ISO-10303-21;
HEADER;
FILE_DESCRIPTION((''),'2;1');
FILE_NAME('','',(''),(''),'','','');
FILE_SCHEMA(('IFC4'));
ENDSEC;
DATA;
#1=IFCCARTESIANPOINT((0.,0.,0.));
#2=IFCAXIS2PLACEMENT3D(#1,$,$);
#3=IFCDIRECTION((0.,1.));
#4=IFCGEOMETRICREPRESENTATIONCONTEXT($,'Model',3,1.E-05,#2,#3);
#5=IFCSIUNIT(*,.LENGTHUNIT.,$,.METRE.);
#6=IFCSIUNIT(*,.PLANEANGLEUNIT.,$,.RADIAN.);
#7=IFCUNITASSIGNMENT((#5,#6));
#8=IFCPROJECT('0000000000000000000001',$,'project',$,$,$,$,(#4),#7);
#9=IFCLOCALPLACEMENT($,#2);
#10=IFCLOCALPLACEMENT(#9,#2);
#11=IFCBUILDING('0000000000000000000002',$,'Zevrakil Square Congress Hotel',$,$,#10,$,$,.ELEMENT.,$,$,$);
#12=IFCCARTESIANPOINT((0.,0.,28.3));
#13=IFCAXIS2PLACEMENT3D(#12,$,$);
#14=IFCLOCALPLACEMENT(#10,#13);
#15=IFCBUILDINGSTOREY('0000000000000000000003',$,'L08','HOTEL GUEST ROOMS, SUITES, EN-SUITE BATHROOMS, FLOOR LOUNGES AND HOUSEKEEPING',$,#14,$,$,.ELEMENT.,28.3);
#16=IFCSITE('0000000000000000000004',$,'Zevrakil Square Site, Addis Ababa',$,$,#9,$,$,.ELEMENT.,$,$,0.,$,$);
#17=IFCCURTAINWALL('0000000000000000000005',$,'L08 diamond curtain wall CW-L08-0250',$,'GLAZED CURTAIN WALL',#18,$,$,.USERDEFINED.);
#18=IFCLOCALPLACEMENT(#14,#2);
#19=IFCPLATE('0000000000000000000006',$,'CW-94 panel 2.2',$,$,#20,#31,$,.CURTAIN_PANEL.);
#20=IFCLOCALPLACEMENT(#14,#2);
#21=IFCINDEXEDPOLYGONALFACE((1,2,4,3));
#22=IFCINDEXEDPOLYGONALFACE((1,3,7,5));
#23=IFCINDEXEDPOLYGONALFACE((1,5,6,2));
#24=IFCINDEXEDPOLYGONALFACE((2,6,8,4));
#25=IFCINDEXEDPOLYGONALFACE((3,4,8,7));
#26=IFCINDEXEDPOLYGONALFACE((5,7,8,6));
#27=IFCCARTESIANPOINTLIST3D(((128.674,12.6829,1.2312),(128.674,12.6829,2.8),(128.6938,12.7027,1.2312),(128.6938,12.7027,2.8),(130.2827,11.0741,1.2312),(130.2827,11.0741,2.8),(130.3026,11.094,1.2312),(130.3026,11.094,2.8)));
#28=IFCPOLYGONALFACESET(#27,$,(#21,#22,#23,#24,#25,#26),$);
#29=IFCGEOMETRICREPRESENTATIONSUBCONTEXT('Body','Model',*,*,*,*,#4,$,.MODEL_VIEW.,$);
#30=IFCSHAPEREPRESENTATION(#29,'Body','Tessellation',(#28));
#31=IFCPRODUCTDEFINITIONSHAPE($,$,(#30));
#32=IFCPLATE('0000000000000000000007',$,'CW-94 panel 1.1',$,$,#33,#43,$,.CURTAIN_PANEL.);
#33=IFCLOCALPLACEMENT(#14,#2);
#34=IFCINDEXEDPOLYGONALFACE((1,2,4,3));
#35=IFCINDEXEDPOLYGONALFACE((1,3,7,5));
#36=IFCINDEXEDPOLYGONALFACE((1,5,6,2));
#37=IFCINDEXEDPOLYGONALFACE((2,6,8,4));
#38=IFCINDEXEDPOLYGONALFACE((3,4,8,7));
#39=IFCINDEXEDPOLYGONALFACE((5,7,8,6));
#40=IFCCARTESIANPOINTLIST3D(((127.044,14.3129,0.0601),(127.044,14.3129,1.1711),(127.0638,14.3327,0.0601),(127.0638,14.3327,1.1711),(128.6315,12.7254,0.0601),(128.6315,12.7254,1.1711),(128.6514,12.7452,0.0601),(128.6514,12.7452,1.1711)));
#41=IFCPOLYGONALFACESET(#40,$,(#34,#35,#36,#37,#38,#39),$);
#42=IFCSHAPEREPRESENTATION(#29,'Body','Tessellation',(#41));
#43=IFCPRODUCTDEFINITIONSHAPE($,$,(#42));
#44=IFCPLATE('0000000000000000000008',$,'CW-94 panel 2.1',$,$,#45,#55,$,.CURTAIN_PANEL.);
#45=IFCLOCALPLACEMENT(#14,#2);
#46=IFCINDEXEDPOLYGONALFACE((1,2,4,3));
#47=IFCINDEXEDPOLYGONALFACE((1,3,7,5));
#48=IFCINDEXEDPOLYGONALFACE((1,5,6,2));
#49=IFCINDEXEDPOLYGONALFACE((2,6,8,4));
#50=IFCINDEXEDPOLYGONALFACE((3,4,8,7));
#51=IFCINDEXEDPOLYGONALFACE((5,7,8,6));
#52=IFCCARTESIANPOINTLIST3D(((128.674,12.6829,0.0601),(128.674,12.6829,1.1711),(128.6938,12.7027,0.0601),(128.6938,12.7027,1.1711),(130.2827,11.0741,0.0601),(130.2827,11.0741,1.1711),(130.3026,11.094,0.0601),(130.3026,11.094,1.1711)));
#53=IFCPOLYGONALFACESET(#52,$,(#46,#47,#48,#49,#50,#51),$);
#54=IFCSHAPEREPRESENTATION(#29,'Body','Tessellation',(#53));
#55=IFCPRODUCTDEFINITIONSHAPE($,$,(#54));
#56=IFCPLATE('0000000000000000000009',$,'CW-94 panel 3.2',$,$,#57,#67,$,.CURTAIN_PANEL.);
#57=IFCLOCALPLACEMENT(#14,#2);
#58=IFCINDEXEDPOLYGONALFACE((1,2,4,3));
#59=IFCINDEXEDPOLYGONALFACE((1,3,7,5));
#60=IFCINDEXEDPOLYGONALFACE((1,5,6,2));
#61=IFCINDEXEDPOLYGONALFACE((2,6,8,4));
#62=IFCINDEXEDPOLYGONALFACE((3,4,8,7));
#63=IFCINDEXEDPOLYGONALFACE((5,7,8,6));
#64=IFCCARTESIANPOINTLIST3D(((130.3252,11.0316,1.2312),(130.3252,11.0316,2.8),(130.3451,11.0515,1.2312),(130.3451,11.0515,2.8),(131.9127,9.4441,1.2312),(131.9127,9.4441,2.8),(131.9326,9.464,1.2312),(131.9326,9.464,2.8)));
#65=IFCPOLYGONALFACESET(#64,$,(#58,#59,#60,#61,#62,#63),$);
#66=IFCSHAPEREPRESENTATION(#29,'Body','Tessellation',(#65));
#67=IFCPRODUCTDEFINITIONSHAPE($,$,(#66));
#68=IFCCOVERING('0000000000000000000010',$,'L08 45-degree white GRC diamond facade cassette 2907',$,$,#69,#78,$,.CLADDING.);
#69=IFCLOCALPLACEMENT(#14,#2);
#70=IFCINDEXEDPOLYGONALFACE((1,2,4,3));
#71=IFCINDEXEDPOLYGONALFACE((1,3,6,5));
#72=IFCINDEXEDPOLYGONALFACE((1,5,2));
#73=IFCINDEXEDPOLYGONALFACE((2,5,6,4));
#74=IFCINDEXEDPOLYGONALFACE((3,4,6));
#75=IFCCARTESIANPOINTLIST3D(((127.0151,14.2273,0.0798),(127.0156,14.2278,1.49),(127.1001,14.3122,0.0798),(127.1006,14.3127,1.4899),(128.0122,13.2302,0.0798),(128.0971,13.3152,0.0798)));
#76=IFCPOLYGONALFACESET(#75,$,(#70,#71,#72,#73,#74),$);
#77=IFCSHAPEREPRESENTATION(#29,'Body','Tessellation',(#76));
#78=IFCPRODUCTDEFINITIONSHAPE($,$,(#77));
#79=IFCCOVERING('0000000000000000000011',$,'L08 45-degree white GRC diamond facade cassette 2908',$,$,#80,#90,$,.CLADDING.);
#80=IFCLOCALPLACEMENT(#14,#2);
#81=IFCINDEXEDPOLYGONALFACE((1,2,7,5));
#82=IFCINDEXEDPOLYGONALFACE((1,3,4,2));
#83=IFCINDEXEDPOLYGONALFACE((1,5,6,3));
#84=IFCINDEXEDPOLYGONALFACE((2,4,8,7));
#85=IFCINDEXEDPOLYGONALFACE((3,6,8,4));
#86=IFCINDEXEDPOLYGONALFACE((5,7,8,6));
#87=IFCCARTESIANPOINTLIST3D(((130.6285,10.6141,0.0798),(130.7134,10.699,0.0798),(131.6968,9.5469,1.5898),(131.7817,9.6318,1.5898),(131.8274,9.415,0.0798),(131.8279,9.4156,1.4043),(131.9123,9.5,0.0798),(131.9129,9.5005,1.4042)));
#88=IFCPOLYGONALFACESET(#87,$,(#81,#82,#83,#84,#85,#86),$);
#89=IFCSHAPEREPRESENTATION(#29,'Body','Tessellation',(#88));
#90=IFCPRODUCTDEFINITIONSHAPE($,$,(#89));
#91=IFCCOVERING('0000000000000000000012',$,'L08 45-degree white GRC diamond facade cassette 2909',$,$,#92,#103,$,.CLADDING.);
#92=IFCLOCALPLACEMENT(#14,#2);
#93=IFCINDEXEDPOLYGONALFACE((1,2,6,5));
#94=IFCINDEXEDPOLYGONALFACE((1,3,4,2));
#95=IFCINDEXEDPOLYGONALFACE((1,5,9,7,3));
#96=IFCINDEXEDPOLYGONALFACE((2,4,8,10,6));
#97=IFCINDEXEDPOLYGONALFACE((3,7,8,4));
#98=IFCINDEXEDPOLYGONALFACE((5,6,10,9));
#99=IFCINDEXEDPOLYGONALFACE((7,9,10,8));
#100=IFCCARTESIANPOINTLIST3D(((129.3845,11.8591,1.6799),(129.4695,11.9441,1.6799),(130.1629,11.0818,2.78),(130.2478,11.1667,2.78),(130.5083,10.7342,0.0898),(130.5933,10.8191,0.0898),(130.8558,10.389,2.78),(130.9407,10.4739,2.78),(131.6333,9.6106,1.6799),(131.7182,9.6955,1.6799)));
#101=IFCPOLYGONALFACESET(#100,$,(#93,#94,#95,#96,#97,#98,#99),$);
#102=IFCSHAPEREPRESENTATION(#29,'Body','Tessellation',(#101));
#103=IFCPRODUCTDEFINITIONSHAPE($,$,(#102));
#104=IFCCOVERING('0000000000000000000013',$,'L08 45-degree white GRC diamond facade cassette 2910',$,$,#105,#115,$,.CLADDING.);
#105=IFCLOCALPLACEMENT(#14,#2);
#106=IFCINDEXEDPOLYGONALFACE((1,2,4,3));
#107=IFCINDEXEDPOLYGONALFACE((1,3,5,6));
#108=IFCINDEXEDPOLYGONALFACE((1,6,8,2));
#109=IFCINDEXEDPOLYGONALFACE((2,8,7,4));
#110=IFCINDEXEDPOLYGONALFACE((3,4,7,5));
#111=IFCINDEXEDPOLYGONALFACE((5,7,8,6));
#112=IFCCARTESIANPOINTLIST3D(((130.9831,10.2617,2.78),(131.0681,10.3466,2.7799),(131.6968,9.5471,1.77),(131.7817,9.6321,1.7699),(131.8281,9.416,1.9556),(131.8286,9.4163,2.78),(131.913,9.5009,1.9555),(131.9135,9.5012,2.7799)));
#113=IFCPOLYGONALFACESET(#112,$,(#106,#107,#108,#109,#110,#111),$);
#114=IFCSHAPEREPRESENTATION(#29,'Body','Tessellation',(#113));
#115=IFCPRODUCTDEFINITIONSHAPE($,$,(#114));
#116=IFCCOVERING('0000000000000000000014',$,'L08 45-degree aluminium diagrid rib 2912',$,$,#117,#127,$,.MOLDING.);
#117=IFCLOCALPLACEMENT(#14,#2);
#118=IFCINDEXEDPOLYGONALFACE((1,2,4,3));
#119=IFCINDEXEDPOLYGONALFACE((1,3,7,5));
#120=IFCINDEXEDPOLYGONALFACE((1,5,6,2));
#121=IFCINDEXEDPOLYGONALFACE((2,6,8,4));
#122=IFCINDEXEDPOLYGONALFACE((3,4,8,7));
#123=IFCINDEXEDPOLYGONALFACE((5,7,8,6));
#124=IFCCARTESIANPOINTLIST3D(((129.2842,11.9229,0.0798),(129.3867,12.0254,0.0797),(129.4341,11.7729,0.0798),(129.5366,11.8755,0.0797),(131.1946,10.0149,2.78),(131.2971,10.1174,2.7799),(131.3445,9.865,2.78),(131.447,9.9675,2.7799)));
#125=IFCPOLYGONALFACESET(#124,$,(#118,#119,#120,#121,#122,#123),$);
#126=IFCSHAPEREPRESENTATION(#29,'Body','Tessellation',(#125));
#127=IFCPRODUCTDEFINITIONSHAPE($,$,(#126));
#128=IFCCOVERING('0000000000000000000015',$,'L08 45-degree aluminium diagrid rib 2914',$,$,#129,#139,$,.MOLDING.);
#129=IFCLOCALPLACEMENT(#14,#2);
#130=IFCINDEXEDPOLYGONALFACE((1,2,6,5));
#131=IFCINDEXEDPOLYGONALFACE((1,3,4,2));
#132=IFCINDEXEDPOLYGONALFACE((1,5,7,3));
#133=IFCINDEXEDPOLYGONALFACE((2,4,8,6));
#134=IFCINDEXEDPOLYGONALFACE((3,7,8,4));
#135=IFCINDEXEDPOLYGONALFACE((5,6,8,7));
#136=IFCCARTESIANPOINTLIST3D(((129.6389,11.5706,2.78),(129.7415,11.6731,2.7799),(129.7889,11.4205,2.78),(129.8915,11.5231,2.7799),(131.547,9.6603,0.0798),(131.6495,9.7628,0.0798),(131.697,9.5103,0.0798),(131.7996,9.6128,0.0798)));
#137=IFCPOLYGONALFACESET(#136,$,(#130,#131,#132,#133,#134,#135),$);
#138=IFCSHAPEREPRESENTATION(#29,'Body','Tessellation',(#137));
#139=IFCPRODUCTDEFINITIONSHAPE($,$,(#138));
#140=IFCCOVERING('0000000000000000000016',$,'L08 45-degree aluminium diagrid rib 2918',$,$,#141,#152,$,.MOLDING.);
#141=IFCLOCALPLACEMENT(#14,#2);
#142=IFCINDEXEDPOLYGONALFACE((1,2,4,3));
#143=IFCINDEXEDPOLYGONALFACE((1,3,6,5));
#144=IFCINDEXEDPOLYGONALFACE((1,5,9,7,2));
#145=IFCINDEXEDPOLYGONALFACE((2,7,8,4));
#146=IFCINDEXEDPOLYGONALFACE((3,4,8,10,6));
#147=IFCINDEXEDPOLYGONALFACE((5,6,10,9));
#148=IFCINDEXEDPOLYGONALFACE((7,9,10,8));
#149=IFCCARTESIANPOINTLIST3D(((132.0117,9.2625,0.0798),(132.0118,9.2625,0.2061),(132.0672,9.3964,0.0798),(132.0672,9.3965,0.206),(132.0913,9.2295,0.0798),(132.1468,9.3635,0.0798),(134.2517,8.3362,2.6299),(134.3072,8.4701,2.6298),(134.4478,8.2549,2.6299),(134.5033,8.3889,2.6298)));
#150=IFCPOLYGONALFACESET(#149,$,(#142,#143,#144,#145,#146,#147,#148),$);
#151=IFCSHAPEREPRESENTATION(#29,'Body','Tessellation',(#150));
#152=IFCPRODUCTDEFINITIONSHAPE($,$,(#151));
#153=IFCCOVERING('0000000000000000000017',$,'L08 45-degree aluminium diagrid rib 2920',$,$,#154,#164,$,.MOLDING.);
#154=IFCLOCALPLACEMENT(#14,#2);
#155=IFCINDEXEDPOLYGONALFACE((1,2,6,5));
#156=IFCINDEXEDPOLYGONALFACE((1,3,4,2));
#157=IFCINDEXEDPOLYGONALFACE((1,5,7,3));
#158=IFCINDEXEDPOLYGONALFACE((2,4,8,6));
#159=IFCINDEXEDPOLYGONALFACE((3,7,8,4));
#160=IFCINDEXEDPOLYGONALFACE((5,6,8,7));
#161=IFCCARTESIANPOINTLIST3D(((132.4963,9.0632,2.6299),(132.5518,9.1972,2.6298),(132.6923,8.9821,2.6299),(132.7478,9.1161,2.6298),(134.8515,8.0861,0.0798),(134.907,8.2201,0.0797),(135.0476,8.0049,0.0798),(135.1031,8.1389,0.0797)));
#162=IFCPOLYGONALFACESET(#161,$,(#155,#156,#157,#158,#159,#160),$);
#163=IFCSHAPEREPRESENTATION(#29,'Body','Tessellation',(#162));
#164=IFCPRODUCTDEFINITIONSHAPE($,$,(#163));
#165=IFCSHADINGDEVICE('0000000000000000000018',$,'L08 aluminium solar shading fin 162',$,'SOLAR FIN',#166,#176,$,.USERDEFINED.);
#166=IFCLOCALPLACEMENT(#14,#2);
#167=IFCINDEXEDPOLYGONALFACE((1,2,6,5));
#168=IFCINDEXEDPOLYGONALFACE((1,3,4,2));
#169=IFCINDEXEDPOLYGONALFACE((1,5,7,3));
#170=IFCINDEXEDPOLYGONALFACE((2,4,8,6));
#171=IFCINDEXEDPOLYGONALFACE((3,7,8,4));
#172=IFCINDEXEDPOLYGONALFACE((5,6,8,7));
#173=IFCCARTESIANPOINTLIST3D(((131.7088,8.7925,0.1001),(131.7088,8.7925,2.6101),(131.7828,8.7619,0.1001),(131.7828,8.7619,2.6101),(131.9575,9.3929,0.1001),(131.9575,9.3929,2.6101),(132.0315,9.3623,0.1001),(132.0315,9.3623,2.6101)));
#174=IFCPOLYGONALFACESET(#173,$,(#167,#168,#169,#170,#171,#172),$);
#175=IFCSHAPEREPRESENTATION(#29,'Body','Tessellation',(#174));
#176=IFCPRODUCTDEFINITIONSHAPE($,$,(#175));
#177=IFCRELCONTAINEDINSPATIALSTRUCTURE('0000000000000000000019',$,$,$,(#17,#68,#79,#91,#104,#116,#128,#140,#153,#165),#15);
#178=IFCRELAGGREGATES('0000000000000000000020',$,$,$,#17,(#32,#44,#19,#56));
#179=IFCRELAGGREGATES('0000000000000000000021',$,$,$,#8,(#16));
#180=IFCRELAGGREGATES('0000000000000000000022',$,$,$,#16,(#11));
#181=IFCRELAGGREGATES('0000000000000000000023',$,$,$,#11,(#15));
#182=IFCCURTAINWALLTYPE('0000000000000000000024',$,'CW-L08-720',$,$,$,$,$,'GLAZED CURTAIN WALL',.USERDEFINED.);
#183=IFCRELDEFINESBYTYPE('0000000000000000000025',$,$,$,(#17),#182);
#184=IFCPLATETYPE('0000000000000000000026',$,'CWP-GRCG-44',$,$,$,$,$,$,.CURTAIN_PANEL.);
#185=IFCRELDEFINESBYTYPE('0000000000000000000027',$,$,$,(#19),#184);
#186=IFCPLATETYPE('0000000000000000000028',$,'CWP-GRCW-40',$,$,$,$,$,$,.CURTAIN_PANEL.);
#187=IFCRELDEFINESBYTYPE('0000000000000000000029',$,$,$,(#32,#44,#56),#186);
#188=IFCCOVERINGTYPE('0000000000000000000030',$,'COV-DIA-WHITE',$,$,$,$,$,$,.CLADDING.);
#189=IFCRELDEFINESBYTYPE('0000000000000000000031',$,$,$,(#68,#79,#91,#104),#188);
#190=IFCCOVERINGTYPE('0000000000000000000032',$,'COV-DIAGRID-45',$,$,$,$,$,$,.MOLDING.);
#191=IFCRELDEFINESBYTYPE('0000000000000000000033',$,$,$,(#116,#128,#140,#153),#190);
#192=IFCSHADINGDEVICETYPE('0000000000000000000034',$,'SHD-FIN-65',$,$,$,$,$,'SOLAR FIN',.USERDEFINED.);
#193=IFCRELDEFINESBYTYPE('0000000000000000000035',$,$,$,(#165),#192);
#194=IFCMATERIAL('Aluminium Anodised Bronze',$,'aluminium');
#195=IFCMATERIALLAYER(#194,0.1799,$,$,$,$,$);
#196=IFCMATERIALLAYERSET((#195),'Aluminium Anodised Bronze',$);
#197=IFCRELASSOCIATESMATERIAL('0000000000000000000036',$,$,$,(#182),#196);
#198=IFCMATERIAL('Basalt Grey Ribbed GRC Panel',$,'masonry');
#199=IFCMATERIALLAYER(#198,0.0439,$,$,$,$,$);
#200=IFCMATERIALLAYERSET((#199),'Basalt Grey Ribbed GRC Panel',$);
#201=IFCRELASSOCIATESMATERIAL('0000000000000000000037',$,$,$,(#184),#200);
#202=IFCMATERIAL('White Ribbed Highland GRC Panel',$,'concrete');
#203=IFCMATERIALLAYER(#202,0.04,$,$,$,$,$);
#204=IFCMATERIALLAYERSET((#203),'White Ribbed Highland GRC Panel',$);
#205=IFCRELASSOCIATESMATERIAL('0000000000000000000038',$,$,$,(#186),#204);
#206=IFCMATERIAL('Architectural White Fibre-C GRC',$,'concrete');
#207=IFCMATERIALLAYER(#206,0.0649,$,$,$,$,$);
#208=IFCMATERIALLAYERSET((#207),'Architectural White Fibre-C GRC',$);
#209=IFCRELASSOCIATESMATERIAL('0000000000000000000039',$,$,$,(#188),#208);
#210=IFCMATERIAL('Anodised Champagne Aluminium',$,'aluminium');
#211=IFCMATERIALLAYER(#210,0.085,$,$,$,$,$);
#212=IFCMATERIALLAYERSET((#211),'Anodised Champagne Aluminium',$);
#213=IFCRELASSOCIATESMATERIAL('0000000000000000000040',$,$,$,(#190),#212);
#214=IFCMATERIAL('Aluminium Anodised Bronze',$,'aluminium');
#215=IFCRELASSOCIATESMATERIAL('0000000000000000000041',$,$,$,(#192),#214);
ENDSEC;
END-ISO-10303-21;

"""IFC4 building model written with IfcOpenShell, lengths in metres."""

from ifc_helpers import new_model, si_unit, direction, frame, origin, origin_2d, place, context, subcontext, project, spatial, polyline, rectangle, outline, extrude, material, layer, layer_set, type_object, element, aggregate, save


model = new_model("IFC4")

# Units and contexts
model_context = context("Model", 3, precision=1e-05, world=origin(), true_north=direction((0.0, 1.0)))
body_context = subcontext(model_context, "Body", "Model", "MODEL_VIEW")
ifc_project = project(units=[si_unit("LENGTHUNIT", "METRE"), si_unit("PLANEANGLEUNIT", "RADIAN")], contexts=[model_context])

# Site, building, storey
site_placement = place(None, origin())
site = spatial("IfcSite", under=ifc_project, at=site_placement, Name="Zevrakil Square Site, Addis Ababa", CompositionType="ELEMENT", RefElevation=0.0)
building_placement = place(site_placement, origin())
building = spatial("IfcBuilding", under=site, at=building_placement, Name="Zevrakil Square Congress Hotel", CompositionType="ELEMENT")
storey_placement = place(building_placement, frame((0.0, 0.0, 28.3)))
storey = spatial("IfcBuildingStorey", under=building, at=storey_placement, Name="L08", Description="HOTEL GUEST ROOMS, SUITES, EN-SUITE BATHROOMS, FLOOR LOUNGES AND HOUSEKEEPING", CompositionType="ELEMENT", Elevation=28.3)

# Curtain wall
ifc_material_1 = material(Name="Aluminium Anodised Bronze", Category="aluminium")
ifc_layer_1 = layer(ifc_material_1, 0.1799)
ifc_layer_set_1 = layer_set([ifc_layer_1], Name="Aluminium Anodised Bronze")
curtain_wall_type = type_object("IfcCurtainWallType", Name="CW-L08-720", ElementType="GLAZED CURTAIN WALL", PredefinedType="USERDEFINED", material=ifc_layer_set_1)
curtain_wall_1_placement = place(storey_placement, origin())
curtain_wall_1 = element("IfcCurtainWall", 1, at=curtain_wall_1_placement, inside=storey, type_object=curtain_wall_type, Name="L08 diamond curtain wall CW-L08-0250", ObjectType="GLAZED CURTAIN WALL", PredefinedType="USERDEFINED")

# Plates
ifc_material_2 = material(Name="Basalt Grey Ribbed GRC Panel", Category="masonry")
ifc_layer_2 = layer(ifc_material_2, 0.0439)
ifc_layer_set_2 = layer_set([ifc_layer_2], Name="Basalt Grey Ribbed GRC Panel")
plate_type_1 = type_object("IfcPlateType", Name="CWP-GRCG-44", PredefinedType="CURTAIN_PANEL", material=ifc_layer_set_2)
plate_1_placement = place(storey_placement, frame((129.4883, 11.8884, 1.2312), z_axis=(0.0, 0.0, 1.0), x_axis=(0.707107, -0.707107, 0.0)))
plate_1 = element("IfcPlate", 2, at=plate_1_placement, type_object=plate_type_1, Name="CW-94 panel 2.2", PredefinedType="CURTAIN_PANEL", context=body_context, shape_type="SweptSolid", body=[
    extrude(rectangle(XDim=2.2751, YDim=0.0281, at=origin_2d()), origin(), (0.0, 0.0, 1.0), 1.5688),
])
ifc_material_3 = material(Name="White Ribbed Highland GRC Panel", Category="concrete")
ifc_layer_3 = layer(ifc_material_3, 0.04)
ifc_layer_set_3 = layer_set([ifc_layer_3], Name="White Ribbed Highland GRC Panel")
plate_type_2 = type_object("IfcPlateType", Name="CWP-GRCW-40", PredefinedType="CURTAIN_PANEL", material=ifc_layer_set_3)
plate_2_placement = place(storey_placement, frame((127.8477, 13.5291, 0.0601), z_axis=(0.0, 0.0, 1.0), x_axis=(0.707107, -0.707107, 0.0)))
plate_2 = element("IfcPlate", 3, at=plate_2_placement, type_object=plate_type_2, Name="CW-94 panel 1.1", PredefinedType="CURTAIN_PANEL", context=body_context, shape_type="SweptSolid", body=[
    extrude(rectangle(XDim=2.2451, YDim=0.0281, at=origin_2d()), origin(), (0.0, 0.0, 1.0), 1.1111),
])
plate_3_placement = place(storey_placement, frame((129.4883, 11.8884, 0.0601), z_axis=(0.0, 0.0, 1.0), x_axis=(0.707107, -0.707107, 0.0)))
plate_3 = element("IfcPlate", 4, at=plate_3_placement, type_object=plate_type_2, Name="CW-94 panel 2.1", PredefinedType="CURTAIN_PANEL", context=body_context, shape_type="SweptSolid", body=[
    extrude(rectangle(XDim=2.2751, YDim=0.0281, at=origin_2d()), origin(), (0.0, 0.0, 1.0), 1.1111),
])
plate_4_placement = place(storey_placement, frame((131.1289, 10.2478, 1.2312), z_axis=(0.0, 0.0, 1.0), x_axis=(0.707107, -0.707107, 0.0)))
plate_4 = element("IfcPlate", 5, at=plate_4_placement, type_object=plate_type_2, Name="CW-94 panel 3.2", PredefinedType="CURTAIN_PANEL", context=body_context, shape_type="SweptSolid", body=[
    extrude(rectangle(XDim=2.2451, YDim=0.0281, at=origin_2d()), origin(), (0.0, 0.0, 1.0), 1.5688),
])
aggregate(curtain_wall_1, [plate_2, plate_3, plate_1, plate_4])

# Coverings
ifc_material_4 = material(Name="Architectural White Fibre-C GRC", Category="concrete")
ifc_layer_4 = layer(ifc_material_4, 0.0649)
ifc_layer_set_4 = layer_set([ifc_layer_4], Name="Architectural White Fibre-C GRC")
covering_type_1 = type_object("IfcCoveringType", Name="COV-DIA-WHITE", PredefinedType="CLADDING", material=ifc_layer_set_4)
covering_1_placement = place(storey_placement, frame((128.0122, 13.2302, 0.0798), z_axis=(-0.707107, -0.707107, 0.00049), x_axis=(-0.707107, 0.707107, 0.0)))
element("IfcCovering", 6, at=covering_1_placement, inside=storey, type_object=covering_type_1, Name="L08 45-degree white GRC diamond facade cassette 2907", PredefinedType="CLADDING", context=body_context, shape_type="SweptSolid", body=[
    extrude(outline(polyline([(0.0, 0.0), (1.4101, 0.0), (1.4101, -1.4102), (0.0, 0.0)])), origin(), (0.0, 0.0, -1.0), 0.1201),
])
covering_2_placement = place(storey_placement, frame((131.6968, 9.5469, 1.5898), z_axis=(-0.707132, -0.707081, 0.000567), x_axis=(0.499744, -0.500347, -0.707042)))
element("IfcCovering", 7, at=covering_2_placement, inside=storey, type_object=covering_type_1, Name="L08 45-degree white GRC diamond facade cassette 2908", PredefinedType="CLADDING", context=body_context, shape_type="SweptSolid", body=[
    extrude(outline(polyline([(0.0, 0.0), (0.2624, 0.0), (1.1989, -0.9366), (-0.0002, -2.1355), (0.0, 0.0)])), origin(), (0.0, 0.0, -1.0), 0.1201),
])
covering_3_placement = place(storey_placement, frame((131.6333, 9.6106, 1.6799), z_axis=(-0.707073, -0.707141, 0.000574), x_axis=(-0.50029, 0.499668, -0.707136)))
element("IfcCovering", 8, at=covering_3_placement, inside=storey, type_object=covering_type_1, Name="L08 45-degree white GRC diamond facade cassette 2909", PredefinedType="CLADDING", context=body_context, shape_type="SweptSolid", body=[
    extrude(outline(polyline([(0.0, 0.0), (2.2486, 0.0), (2.2486, -2.2488), (0.6928, -2.2487), (0.0, -1.5558), (0.0, 0.0)])), origin(), (0.0, 0.0, -1.0), 0.1201),
])
covering_4_placement = place(storey_placement, frame((131.6968, 9.5471, 1.77), z_axis=(-0.707083, -0.707131, 0.000677), x_axis=(-0.499652, 0.500296, 0.707143)))
element("IfcCovering", 9, at=covering_4_placement, inside=storey, type_object=covering_type_1, Name="L08 45-degree white GRC diamond facade cassette 2910", PredefinedType="CLADDING", context=body_context, shape_type="SweptSolid", body=[
    extrude(outline(polyline([(0.0, 0.0), (1.4283, 0.0), (0.5829, -0.8455), (0.0, -0.2624), (0.0, 0.0)])), origin(), (0.0, 0.0, -1.0), 0.1201),
])
ifc_material_5 = material(Name="Anodised Champagne Aluminium", Category="aluminium")
ifc_layer_5 = layer(ifc_material_5, 0.085)
ifc_layer_set_5 = layer_set([ifc_layer_5], Name="Anodised Champagne Aluminium")
covering_type_2 = type_object("IfcCoveringType", Name="COV-DIAGRID-45", PredefinedType="MOLDING", material=ifc_layer_set_5)
covering_5_placement = place(storey_placement, frame((129.4341, 11.7729, 0.0798), z_axis=(-0.707107, -0.707107, 0.000639), x_axis=(-0.707107, 0.707107, 0.0)))
element("IfcCovering", 10, at=covering_5_placement, inside=storey, type_object=covering_type_2, Name="L08 45-degree aluminium diagrid rib 2912", PredefinedType="MOLDING", context=body_context, shape_type="SweptSolid", body=[
    extrude(outline(polyline([(0.0, 0.0), (0.212, 0.0), (-2.488, -2.7002), (-2.7, -2.7002), (0.0, 0.0)])), origin(), (0.0, 0.0, -1.0), 0.145),
])
covering_6_placement = place(storey_placement, frame((129.6389, 11.5706, 2.78), z_axis=(-0.707107, -0.707107, 0.000575), x_axis=(0.707107, -0.707107, 0.0)))
element("IfcCovering", 11, at=covering_6_placement, inside=storey, type_object=covering_type_2, Name="L08 45-degree aluminium diagrid rib 2914", PredefinedType="MOLDING", context=body_context, shape_type="SweptSolid", body=[
    extrude(outline(polyline([(0.0, 0.0), (0.2122, 0.0), (2.9122, -2.7002), (2.7, -2.7002), (0.0, 0.0)])), origin(), (0.0, 0.0, -1.0), 0.145),
])
covering_7_placement = place(storey_placement, frame((132.0913, 9.2295, 0.0798), z_axis=(-0.382701, -0.923872, 0.000577), x_axis=(-0.923872, 0.382701, 0.0)))
element("IfcCovering", 12, at=covering_7_placement, inside=storey, type_object=covering_type_2, Name="L08 45-degree aluminium diagrid rib 2918", PredefinedType="MOLDING", context=body_context, shape_type="SweptSolid", body=[
    extrude(outline(polyline([(0.0, 0.0), (0.0861, 0.0), (0.0861, -0.1262), (-2.3378, -2.55), (-2.55, -2.55), (0.0, 0.0)])), origin(), (0.0, 0.0, -1.0), 0.145),
])
covering_8_placement = place(storey_placement, frame((132.4963, 9.0632, 2.6299), z_axis=(-0.382572, -0.923925, 0.000703), x_axis=(0.923926, -0.382572, 0.0)))
element("IfcCovering", 13, at=covering_8_placement, inside=storey, type_object=covering_type_2, Name="L08 45-degree aluminium diagrid rib 2920", PredefinedType="MOLDING", context=body_context, shape_type="SweptSolid", body=[
    extrude(outline(polyline([(0.0, 0.0), (0.2121, 0.0), (2.7621, -2.5501), (2.5498, -2.5501), (0.0, 0.0)])), origin(), (0.0, 0.0, -1.0), 0.145),
])

# Shading device
ifc_material_6 = material(Name="Aluminium Anodised Bronze", Category="aluminium")
shading_device_type = type_object("IfcShadingDeviceType", Name="SHD-FIN-65", ElementType="SOLAR FIN", PredefinedType="USERDEFINED", material=ifc_material_6)
shading_device_placement = place(storey_placement, frame((131.8701, 9.0774, 0.1001), z_axis=(0.0, 0.0, 1.0), x_axis=(-0.382683, -0.92388, 0.0)))
element("IfcShadingDevice", 14, at=shading_device_placement, inside=storey, type_object=shading_device_type, Name="L08 aluminium solar shading fin 162", ObjectType="SOLAR FIN", PredefinedType="USERDEFINED", context=body_context, shape_type="SweptSolid", body=[
    extrude(rectangle(XDim=0.6499, YDim=0.0801, at=origin_2d()), origin(), (0.0, 0.0, 1.0), 2.51),
])

save(model, "model.ifc")
